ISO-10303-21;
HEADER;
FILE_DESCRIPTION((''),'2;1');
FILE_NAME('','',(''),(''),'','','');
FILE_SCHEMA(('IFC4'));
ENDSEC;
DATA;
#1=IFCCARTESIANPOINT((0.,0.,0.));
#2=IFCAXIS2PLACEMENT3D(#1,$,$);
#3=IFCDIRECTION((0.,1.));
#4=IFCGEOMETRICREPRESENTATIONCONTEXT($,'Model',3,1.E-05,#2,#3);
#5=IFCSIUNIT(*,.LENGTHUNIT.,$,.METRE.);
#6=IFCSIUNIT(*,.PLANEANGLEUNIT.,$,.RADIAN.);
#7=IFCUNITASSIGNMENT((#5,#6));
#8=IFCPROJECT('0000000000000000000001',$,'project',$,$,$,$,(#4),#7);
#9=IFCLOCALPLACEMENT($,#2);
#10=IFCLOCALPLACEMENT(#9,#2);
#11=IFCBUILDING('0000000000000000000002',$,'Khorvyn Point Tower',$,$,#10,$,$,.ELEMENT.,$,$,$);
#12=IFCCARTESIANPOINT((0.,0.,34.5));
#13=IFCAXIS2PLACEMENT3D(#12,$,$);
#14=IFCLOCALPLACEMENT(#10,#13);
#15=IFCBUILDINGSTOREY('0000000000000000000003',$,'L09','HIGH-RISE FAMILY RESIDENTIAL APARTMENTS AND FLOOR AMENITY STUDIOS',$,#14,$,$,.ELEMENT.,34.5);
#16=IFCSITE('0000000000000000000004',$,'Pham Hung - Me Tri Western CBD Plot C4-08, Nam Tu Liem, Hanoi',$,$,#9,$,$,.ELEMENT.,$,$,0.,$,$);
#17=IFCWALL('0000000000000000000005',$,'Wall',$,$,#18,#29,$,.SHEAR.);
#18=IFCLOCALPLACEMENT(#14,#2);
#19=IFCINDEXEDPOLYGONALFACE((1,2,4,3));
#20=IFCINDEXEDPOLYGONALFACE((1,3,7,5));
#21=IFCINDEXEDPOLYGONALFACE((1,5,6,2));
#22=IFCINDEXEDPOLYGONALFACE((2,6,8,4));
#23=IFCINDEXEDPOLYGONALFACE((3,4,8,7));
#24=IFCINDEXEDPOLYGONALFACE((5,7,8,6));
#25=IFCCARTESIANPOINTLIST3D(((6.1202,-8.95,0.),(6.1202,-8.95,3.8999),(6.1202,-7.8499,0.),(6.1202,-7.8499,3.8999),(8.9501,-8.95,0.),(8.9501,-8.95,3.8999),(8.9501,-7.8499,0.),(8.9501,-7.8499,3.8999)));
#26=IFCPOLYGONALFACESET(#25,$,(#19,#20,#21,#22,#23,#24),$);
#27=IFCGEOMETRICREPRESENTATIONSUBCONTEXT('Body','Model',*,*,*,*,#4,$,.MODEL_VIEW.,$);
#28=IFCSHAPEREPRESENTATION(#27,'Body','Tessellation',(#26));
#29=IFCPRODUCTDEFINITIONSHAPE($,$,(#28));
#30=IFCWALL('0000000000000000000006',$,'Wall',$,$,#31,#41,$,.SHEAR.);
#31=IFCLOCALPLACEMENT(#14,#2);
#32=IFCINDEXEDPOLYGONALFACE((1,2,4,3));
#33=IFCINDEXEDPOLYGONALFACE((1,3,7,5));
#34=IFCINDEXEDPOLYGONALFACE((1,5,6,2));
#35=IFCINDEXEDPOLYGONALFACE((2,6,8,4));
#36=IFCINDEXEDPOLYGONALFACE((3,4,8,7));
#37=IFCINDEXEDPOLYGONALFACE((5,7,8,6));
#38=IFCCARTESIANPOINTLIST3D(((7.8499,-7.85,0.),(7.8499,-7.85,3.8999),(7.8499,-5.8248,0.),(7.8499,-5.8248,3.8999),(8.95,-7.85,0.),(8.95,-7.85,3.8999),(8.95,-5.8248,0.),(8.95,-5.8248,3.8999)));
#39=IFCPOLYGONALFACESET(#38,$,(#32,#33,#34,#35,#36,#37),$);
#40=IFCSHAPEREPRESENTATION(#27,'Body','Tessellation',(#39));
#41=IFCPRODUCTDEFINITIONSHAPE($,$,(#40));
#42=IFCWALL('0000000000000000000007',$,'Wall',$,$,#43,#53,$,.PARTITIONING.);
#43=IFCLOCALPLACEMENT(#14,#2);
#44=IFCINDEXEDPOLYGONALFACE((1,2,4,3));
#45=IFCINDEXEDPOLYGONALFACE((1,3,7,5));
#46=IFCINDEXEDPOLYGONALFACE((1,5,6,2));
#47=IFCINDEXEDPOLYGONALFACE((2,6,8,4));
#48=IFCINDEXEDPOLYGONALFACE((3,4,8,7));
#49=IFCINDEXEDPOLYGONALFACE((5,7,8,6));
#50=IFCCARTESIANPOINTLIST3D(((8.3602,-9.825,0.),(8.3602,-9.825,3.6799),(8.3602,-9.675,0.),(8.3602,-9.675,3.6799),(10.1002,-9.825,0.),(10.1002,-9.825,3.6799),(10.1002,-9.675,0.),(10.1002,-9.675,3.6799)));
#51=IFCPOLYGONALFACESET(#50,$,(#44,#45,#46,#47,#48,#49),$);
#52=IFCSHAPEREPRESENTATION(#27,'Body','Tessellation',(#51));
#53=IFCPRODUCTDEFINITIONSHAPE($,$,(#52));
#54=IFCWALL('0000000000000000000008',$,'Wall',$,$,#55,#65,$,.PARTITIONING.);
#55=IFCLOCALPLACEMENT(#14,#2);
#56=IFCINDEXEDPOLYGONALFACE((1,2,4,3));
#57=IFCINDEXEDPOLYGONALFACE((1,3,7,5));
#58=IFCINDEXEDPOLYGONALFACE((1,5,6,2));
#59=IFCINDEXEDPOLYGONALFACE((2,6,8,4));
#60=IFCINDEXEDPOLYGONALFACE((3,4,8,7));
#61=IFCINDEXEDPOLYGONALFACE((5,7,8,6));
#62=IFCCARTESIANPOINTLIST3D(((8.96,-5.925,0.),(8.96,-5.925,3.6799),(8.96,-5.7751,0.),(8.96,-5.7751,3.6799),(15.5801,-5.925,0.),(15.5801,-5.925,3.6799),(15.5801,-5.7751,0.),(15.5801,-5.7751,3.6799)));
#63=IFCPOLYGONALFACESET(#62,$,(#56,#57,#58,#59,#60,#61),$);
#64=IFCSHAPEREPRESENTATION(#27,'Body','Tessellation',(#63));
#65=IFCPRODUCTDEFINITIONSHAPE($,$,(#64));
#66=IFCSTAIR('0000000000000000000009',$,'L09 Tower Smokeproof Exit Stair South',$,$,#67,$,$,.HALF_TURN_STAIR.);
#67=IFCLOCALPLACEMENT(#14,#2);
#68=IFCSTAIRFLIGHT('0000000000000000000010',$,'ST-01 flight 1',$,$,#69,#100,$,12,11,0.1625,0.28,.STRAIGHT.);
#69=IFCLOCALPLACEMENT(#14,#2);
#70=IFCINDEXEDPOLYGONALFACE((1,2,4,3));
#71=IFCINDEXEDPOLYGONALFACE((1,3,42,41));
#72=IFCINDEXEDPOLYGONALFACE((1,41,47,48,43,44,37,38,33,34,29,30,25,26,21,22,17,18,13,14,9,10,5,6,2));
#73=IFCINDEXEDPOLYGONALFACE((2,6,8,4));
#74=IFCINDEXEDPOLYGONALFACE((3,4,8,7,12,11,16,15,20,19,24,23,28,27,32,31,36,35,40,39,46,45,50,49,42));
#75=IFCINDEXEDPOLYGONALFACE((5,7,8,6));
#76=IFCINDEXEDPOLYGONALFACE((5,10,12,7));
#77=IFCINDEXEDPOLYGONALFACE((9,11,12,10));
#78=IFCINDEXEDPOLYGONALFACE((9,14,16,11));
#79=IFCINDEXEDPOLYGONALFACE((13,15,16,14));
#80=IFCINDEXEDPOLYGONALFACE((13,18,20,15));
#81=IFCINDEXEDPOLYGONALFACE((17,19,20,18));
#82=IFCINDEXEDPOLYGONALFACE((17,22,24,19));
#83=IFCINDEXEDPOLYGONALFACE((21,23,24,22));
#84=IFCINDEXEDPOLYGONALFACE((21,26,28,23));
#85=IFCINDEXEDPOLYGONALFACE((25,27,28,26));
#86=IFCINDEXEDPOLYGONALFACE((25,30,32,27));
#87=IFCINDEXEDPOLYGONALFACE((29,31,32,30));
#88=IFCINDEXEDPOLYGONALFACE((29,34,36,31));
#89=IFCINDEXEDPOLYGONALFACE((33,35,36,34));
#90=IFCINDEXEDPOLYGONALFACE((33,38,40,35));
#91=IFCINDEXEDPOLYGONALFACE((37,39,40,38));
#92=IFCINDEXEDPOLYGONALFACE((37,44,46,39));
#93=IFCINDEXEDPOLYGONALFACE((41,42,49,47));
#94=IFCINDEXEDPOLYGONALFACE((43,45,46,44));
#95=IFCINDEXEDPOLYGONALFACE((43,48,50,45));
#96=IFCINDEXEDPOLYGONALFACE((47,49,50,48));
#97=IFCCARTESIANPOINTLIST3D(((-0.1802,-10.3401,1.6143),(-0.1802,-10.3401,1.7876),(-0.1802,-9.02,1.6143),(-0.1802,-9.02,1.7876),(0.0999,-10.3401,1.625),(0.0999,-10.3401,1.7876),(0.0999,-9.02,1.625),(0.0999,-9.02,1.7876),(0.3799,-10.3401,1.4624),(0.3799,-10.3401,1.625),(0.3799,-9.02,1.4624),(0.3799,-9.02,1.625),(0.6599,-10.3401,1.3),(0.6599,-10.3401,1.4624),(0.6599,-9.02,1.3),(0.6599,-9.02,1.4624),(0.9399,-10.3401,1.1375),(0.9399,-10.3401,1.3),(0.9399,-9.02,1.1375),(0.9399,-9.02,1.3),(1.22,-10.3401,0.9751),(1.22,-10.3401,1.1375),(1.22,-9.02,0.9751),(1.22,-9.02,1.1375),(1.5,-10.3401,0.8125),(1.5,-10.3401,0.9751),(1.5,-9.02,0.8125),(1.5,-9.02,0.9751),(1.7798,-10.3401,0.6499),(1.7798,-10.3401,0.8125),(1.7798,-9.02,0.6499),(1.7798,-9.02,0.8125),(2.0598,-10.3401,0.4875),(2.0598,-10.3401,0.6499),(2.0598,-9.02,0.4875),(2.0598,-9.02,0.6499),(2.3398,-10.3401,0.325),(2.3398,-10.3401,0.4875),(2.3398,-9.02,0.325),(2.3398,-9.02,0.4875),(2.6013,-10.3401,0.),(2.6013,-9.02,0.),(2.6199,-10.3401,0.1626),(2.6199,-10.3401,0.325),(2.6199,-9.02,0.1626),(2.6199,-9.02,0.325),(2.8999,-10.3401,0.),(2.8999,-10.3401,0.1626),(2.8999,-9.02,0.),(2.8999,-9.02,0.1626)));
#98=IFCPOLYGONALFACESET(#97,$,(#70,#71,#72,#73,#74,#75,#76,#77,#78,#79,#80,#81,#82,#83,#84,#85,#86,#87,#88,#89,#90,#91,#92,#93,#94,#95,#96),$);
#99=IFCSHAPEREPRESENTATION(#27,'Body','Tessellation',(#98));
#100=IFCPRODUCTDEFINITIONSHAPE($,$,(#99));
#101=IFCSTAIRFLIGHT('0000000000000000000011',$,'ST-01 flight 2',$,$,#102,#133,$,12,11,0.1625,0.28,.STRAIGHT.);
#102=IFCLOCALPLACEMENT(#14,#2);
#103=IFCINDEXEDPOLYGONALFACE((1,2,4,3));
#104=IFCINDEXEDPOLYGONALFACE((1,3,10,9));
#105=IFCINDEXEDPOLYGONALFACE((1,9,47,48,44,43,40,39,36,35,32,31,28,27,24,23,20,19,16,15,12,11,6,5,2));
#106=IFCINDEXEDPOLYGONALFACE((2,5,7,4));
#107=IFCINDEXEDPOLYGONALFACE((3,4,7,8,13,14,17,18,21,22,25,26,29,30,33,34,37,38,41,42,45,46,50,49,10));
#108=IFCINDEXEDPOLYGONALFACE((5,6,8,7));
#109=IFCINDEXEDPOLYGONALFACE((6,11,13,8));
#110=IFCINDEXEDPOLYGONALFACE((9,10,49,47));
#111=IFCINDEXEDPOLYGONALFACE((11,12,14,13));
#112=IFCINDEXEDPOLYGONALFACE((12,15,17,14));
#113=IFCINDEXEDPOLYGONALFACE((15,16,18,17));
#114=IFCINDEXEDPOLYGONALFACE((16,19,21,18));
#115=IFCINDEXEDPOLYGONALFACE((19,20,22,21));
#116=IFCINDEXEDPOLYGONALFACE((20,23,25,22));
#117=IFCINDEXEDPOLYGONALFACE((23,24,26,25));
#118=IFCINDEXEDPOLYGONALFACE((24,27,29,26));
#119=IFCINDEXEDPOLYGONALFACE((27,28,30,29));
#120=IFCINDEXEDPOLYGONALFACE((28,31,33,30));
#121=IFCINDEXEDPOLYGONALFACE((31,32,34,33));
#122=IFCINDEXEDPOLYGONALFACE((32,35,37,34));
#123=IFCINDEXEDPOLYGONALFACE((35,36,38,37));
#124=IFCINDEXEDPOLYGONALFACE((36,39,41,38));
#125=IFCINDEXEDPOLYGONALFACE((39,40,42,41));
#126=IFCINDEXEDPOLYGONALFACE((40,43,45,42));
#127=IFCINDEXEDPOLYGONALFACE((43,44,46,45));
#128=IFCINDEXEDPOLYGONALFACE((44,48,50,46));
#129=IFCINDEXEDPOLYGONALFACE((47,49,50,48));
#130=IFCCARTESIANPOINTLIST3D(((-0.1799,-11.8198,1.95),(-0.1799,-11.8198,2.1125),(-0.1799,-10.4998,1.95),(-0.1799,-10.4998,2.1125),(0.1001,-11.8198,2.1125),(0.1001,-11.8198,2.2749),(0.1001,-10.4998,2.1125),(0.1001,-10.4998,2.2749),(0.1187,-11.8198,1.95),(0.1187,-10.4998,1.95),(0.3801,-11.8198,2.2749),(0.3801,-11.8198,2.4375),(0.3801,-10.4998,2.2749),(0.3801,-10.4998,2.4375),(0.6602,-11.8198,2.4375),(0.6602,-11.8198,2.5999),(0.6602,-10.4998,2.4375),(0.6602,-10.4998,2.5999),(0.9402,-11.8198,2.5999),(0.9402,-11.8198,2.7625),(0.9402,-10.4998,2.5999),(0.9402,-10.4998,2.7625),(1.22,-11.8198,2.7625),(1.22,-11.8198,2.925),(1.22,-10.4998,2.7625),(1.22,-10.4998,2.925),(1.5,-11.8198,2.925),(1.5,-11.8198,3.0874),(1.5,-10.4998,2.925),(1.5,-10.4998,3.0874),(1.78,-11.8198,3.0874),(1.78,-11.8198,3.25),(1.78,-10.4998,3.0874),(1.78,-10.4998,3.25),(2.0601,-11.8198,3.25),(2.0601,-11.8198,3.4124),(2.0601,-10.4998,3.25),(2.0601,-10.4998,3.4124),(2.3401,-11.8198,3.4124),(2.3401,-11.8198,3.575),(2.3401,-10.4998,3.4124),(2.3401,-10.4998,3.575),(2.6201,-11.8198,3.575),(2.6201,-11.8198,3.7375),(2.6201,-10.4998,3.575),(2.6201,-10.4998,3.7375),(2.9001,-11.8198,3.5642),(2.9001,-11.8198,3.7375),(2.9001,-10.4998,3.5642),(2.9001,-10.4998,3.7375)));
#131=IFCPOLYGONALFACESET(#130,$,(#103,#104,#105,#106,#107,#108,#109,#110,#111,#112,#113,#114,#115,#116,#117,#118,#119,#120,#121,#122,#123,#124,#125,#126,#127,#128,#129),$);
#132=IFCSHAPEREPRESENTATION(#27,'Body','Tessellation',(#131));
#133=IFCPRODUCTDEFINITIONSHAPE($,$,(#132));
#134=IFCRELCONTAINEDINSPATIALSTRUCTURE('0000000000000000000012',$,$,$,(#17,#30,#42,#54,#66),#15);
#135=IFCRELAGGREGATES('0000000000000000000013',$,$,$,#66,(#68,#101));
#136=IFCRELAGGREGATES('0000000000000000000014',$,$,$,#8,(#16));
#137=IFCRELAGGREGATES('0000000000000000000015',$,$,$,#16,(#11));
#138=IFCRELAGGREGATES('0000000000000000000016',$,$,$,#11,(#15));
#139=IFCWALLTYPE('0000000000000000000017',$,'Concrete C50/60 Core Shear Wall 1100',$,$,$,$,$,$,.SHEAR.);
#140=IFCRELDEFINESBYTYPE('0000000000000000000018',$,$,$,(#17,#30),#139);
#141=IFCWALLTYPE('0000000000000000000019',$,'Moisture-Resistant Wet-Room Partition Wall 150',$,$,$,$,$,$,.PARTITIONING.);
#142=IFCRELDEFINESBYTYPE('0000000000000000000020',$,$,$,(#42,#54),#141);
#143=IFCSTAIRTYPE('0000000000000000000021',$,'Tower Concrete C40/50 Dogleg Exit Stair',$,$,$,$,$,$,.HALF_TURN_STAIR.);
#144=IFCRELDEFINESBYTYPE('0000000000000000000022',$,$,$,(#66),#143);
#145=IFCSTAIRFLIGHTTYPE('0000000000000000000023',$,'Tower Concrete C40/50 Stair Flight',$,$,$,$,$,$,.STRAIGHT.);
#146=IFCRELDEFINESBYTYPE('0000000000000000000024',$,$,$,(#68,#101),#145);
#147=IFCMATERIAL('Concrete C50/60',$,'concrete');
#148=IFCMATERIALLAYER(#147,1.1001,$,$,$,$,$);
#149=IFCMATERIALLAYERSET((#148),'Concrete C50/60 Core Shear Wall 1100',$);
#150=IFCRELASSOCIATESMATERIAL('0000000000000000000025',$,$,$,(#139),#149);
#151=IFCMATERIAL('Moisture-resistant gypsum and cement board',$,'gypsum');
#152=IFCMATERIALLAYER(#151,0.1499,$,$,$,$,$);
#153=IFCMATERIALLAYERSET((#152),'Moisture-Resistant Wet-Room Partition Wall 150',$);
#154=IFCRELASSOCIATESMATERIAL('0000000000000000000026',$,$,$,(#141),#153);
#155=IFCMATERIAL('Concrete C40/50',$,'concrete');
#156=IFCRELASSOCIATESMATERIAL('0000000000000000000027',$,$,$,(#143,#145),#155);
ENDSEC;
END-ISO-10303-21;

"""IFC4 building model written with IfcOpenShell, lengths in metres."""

from ifc_helpers import new_model, si_unit, direction, frame, frame_2d, origin, place, context, subcontext, project, spatial, polyline, rectangle, outline, extrude, material, layer, layer_set, type_object, element, aggregate, save


model = new_model("IFC4")

# Units and contexts
model_context = context("Model", 3, precision=1e-05, world=origin(), true_north=direction((0.0, 1.0)))
body_context = subcontext(model_context, "Body", "Model", "MODEL_VIEW")
ifc_project = project(units=[si_unit("LENGTHUNIT", "METRE"), si_unit("PLANEANGLEUNIT", "RADIAN")], contexts=[model_context])

# Site, building, storey
site_placement = place(None, origin())
site = spatial("IfcSite", under=ifc_project, at=site_placement, Name="Pham Hung - Me Tri Western CBD Plot C4-08, Nam Tu Liem, Hanoi", CompositionType="ELEMENT", RefElevation=0.0)
building_placement = place(site_placement, origin())
building = spatial("IfcBuilding", under=site, at=building_placement, Name="Khorvyn Point Tower", CompositionType="ELEMENT")
storey_placement = place(building_placement, frame((0.0, 0.0, 34.5)))
storey = spatial("IfcBuildingStorey", under=building, at=storey_placement, Name="L09", Description="HIGH-RISE FAMILY RESIDENTIAL APARTMENTS AND FLOOR AMENITY STUDIOS", CompositionType="ELEMENT", Elevation=34.5)

# Shared definitions
ifc_material_1 = material(Name="Concrete C40/50", Category="concrete")

# Shared definitions
ifc_material_2 = material(Name="Concrete C50/60", Category="concrete")

# Walls
ifc_layer_1 = layer(ifc_material_2, 1.1001)
ifc_layer_set_1 = layer_set([ifc_layer_1], Name="Concrete C50/60 Core Shear Wall 1100")
wall_type_1 = type_object("IfcWallType", Name="Concrete C50/60 Core Shear Wall 1100", PredefinedType="SHEAR", material=ifc_layer_set_1)
wall_1_placement = place(storey_placement, frame((6.1201, -8.3999, 0.0), z_axis=(0.0, 0.0, 1.0), x_axis=(1.0, 0.0, 0.0)))
element("IfcWall", 1, at=wall_1_placement, inside=storey, type_object=wall_type_1, Name="Wall", PredefinedType="SHEAR", context=body_context, shape_type="SweptSolid", body=[
    extrude(rectangle(XDim=2.8298, YDim=1.1001, at=frame_2d((1.415, 0.0))), origin(), (0.0, 0.0, 1.0), 3.8999),
])
wall_2_placement = place(storey_placement, frame((8.3999, -7.8501, 0.0), z_axis=(0.0, 0.0, 1.0), x_axis=(0.0, 1.0, 0.0)))
element("IfcWall", 2, at=wall_2_placement, inside=storey, type_object=wall_type_1, Name="Wall", PredefinedType="SHEAR", context=body_context, shape_type="SweptSolid", body=[
    extrude(rectangle(XDim=2.0251, YDim=1.1001, at=frame_2d((1.0127, 0.0))), origin(), (0.0, 0.0, 1.0), 3.8999),
])
ifc_material_3 = material(Name="Moisture-resistant gypsum and cement board", Category="gypsum")
ifc_layer_2 = layer(ifc_material_3, 0.1499)
ifc_layer_set_2 = layer_set([ifc_layer_2], Name="Moisture-Resistant Wet-Room Partition Wall 150")
wall_type_2 = type_object("IfcWallType", Name="Moisture-Resistant Wet-Room Partition Wall 150", PredefinedType="PARTITIONING", material=ifc_layer_set_2)
wall_3_placement = place(storey_placement, frame((8.3601, -9.75, 0.0), z_axis=(0.0, 0.0, 1.0), x_axis=(1.0, 0.0, 0.0)))
element("IfcWall", 3, at=wall_3_placement, inside=storey, type_object=wall_type_2, Name="Wall", PredefinedType="PARTITIONING", context=body_context, shape_type="SweptSolid", body=[
    extrude(rectangle(XDim=1.74, YDim=0.1499, at=frame_2d((0.8701, 0.0))), origin(), (0.0, 0.0, 1.0), 3.6799),
])
wall_4_placement = place(storey_placement, frame((8.96, -5.8501, 0.0), z_axis=(0.0, 0.0, 1.0), x_axis=(1.0, 0.0, 0.0)))
element("IfcWall", 4, at=wall_4_placement, inside=storey, type_object=wall_type_2, Name="Wall", PredefinedType="PARTITIONING", context=body_context, shape_type="SweptSolid", body=[
    extrude(rectangle(XDim=6.6201, YDim=0.1499, at=frame_2d((3.3101, 0.0))), origin(), (0.0, 0.0, 1.0), 3.6799),
])

# Stair, stair flights
stair_type = type_object("IfcStairType", Name="Tower Concrete C40/50 Dogleg Exit Stair", PredefinedType="HALF_TURN_STAIR", material=ifc_material_1)
stair_placement = place(storey_placement, origin())
stair = element("IfcStair", 5, at=stair_placement, inside=storey, type_object=stair_type, Name="L09 Tower Smokeproof Exit Stair South", PredefinedType="HALF_TURN_STAIR")
stair_flight_type = type_object("IfcStairFlightType", Name="Tower Concrete C40/50 Stair Flight", PredefinedType="STRAIGHT", material=ifc_material_1)
stair_flight_1_placement = place(storey_placement, frame((2.8999, -9.6799, 0.0), z_axis=(0.0, 0.0, 1.0), x_axis=(-1.0, 0.0, 0.0)))
stair_flight_1 = element("IfcStairFlight", 6, at=stair_flight_1_placement, type_object=stair_flight_type, Name="ST-01 flight 1", NumberOfRisers=12, NumberOfTreads=11, PredefinedType="STRAIGHT", RiserHeight=0.1625, TreadLength=0.28, context=body_context, shape_type="SweptSolid", body=[
    extrude(outline(polyline([(0.0, 0.0), (0.0, 0.1626), (0.28, 0.1626), (0.28, 0.325), (0.5601, 0.325), (0.5601, 0.4875), (0.8401, 0.4875), (0.8401, 0.6499), (1.1201, 0.6499), (1.1201, 0.8125), (1.3999, 0.8125), (1.3999, 0.9751), (1.6799, 0.9751), (1.6799, 1.1375), (1.96, 1.1375), (1.96, 1.3), (2.24, 1.3), (2.24, 1.4624), (2.52, 1.4624), (2.52, 1.625), (2.8, 1.625), (2.8, 1.7876), (3.0801, 1.7876), (3.0801, 1.95), (3.0801, 1.6143), (0.2986, 0.0), (0.0, 0.0)])), frame((0.0, 0.6602, 0.0), z_axis=(0.0, -1.0, 0.0), x_axis=(1.0, 0.0, 0.0)), (0.0, 0.0, 1.0), 1.3201),
])
stair_flight_2_placement = place(storey_placement, frame((-0.1799, -11.1599, 1.95), z_axis=(0.0, 0.0, 1.0), x_axis=(1.0, 0.0, 0.0)))
stair_flight_2 = element("IfcStairFlight", 7, at=stair_flight_2_placement, type_object=stair_flight_type, Name="ST-01 flight 2", NumberOfRisers=12, NumberOfTreads=11, PredefinedType="STRAIGHT", RiserHeight=0.1625, TreadLength=0.28, context=body_context, shape_type="SweptSolid", body=[
    extrude(outline(polyline([(0.0, 0.0), (0.0, 0.1626), (0.28, 0.1626), (0.28, 0.325), (0.5601, 0.325), (0.5601, 0.4875), (0.8401, 0.4875), (0.8401, 0.6499), (1.1201, 0.6499), (1.1201, 0.8125), (1.3999, 0.8125), (1.3999, 0.9751), (1.6799, 0.9751), (1.6799, 1.1375), (1.96, 1.1375), (1.96, 1.3), (2.24, 1.3), (2.24, 1.4624), (2.52, 1.4624), (2.52, 1.625), (2.8, 1.625), (2.8, 1.7876), (3.0801, 1.7876), (3.0801, 1.95), (3.0801, 1.6143), (0.2986, 0.0), (0.0, 0.0)])), frame((0.0, 0.6602, 0.0), z_axis=(0.0, -1.0, 0.0), x_axis=(1.0, 0.0, 0.0)), (0.0, 0.0, 1.0), 1.3201),
])
aggregate(stair, [stair_flight_1, stair_flight_2])

save(model, "model.ifc")
